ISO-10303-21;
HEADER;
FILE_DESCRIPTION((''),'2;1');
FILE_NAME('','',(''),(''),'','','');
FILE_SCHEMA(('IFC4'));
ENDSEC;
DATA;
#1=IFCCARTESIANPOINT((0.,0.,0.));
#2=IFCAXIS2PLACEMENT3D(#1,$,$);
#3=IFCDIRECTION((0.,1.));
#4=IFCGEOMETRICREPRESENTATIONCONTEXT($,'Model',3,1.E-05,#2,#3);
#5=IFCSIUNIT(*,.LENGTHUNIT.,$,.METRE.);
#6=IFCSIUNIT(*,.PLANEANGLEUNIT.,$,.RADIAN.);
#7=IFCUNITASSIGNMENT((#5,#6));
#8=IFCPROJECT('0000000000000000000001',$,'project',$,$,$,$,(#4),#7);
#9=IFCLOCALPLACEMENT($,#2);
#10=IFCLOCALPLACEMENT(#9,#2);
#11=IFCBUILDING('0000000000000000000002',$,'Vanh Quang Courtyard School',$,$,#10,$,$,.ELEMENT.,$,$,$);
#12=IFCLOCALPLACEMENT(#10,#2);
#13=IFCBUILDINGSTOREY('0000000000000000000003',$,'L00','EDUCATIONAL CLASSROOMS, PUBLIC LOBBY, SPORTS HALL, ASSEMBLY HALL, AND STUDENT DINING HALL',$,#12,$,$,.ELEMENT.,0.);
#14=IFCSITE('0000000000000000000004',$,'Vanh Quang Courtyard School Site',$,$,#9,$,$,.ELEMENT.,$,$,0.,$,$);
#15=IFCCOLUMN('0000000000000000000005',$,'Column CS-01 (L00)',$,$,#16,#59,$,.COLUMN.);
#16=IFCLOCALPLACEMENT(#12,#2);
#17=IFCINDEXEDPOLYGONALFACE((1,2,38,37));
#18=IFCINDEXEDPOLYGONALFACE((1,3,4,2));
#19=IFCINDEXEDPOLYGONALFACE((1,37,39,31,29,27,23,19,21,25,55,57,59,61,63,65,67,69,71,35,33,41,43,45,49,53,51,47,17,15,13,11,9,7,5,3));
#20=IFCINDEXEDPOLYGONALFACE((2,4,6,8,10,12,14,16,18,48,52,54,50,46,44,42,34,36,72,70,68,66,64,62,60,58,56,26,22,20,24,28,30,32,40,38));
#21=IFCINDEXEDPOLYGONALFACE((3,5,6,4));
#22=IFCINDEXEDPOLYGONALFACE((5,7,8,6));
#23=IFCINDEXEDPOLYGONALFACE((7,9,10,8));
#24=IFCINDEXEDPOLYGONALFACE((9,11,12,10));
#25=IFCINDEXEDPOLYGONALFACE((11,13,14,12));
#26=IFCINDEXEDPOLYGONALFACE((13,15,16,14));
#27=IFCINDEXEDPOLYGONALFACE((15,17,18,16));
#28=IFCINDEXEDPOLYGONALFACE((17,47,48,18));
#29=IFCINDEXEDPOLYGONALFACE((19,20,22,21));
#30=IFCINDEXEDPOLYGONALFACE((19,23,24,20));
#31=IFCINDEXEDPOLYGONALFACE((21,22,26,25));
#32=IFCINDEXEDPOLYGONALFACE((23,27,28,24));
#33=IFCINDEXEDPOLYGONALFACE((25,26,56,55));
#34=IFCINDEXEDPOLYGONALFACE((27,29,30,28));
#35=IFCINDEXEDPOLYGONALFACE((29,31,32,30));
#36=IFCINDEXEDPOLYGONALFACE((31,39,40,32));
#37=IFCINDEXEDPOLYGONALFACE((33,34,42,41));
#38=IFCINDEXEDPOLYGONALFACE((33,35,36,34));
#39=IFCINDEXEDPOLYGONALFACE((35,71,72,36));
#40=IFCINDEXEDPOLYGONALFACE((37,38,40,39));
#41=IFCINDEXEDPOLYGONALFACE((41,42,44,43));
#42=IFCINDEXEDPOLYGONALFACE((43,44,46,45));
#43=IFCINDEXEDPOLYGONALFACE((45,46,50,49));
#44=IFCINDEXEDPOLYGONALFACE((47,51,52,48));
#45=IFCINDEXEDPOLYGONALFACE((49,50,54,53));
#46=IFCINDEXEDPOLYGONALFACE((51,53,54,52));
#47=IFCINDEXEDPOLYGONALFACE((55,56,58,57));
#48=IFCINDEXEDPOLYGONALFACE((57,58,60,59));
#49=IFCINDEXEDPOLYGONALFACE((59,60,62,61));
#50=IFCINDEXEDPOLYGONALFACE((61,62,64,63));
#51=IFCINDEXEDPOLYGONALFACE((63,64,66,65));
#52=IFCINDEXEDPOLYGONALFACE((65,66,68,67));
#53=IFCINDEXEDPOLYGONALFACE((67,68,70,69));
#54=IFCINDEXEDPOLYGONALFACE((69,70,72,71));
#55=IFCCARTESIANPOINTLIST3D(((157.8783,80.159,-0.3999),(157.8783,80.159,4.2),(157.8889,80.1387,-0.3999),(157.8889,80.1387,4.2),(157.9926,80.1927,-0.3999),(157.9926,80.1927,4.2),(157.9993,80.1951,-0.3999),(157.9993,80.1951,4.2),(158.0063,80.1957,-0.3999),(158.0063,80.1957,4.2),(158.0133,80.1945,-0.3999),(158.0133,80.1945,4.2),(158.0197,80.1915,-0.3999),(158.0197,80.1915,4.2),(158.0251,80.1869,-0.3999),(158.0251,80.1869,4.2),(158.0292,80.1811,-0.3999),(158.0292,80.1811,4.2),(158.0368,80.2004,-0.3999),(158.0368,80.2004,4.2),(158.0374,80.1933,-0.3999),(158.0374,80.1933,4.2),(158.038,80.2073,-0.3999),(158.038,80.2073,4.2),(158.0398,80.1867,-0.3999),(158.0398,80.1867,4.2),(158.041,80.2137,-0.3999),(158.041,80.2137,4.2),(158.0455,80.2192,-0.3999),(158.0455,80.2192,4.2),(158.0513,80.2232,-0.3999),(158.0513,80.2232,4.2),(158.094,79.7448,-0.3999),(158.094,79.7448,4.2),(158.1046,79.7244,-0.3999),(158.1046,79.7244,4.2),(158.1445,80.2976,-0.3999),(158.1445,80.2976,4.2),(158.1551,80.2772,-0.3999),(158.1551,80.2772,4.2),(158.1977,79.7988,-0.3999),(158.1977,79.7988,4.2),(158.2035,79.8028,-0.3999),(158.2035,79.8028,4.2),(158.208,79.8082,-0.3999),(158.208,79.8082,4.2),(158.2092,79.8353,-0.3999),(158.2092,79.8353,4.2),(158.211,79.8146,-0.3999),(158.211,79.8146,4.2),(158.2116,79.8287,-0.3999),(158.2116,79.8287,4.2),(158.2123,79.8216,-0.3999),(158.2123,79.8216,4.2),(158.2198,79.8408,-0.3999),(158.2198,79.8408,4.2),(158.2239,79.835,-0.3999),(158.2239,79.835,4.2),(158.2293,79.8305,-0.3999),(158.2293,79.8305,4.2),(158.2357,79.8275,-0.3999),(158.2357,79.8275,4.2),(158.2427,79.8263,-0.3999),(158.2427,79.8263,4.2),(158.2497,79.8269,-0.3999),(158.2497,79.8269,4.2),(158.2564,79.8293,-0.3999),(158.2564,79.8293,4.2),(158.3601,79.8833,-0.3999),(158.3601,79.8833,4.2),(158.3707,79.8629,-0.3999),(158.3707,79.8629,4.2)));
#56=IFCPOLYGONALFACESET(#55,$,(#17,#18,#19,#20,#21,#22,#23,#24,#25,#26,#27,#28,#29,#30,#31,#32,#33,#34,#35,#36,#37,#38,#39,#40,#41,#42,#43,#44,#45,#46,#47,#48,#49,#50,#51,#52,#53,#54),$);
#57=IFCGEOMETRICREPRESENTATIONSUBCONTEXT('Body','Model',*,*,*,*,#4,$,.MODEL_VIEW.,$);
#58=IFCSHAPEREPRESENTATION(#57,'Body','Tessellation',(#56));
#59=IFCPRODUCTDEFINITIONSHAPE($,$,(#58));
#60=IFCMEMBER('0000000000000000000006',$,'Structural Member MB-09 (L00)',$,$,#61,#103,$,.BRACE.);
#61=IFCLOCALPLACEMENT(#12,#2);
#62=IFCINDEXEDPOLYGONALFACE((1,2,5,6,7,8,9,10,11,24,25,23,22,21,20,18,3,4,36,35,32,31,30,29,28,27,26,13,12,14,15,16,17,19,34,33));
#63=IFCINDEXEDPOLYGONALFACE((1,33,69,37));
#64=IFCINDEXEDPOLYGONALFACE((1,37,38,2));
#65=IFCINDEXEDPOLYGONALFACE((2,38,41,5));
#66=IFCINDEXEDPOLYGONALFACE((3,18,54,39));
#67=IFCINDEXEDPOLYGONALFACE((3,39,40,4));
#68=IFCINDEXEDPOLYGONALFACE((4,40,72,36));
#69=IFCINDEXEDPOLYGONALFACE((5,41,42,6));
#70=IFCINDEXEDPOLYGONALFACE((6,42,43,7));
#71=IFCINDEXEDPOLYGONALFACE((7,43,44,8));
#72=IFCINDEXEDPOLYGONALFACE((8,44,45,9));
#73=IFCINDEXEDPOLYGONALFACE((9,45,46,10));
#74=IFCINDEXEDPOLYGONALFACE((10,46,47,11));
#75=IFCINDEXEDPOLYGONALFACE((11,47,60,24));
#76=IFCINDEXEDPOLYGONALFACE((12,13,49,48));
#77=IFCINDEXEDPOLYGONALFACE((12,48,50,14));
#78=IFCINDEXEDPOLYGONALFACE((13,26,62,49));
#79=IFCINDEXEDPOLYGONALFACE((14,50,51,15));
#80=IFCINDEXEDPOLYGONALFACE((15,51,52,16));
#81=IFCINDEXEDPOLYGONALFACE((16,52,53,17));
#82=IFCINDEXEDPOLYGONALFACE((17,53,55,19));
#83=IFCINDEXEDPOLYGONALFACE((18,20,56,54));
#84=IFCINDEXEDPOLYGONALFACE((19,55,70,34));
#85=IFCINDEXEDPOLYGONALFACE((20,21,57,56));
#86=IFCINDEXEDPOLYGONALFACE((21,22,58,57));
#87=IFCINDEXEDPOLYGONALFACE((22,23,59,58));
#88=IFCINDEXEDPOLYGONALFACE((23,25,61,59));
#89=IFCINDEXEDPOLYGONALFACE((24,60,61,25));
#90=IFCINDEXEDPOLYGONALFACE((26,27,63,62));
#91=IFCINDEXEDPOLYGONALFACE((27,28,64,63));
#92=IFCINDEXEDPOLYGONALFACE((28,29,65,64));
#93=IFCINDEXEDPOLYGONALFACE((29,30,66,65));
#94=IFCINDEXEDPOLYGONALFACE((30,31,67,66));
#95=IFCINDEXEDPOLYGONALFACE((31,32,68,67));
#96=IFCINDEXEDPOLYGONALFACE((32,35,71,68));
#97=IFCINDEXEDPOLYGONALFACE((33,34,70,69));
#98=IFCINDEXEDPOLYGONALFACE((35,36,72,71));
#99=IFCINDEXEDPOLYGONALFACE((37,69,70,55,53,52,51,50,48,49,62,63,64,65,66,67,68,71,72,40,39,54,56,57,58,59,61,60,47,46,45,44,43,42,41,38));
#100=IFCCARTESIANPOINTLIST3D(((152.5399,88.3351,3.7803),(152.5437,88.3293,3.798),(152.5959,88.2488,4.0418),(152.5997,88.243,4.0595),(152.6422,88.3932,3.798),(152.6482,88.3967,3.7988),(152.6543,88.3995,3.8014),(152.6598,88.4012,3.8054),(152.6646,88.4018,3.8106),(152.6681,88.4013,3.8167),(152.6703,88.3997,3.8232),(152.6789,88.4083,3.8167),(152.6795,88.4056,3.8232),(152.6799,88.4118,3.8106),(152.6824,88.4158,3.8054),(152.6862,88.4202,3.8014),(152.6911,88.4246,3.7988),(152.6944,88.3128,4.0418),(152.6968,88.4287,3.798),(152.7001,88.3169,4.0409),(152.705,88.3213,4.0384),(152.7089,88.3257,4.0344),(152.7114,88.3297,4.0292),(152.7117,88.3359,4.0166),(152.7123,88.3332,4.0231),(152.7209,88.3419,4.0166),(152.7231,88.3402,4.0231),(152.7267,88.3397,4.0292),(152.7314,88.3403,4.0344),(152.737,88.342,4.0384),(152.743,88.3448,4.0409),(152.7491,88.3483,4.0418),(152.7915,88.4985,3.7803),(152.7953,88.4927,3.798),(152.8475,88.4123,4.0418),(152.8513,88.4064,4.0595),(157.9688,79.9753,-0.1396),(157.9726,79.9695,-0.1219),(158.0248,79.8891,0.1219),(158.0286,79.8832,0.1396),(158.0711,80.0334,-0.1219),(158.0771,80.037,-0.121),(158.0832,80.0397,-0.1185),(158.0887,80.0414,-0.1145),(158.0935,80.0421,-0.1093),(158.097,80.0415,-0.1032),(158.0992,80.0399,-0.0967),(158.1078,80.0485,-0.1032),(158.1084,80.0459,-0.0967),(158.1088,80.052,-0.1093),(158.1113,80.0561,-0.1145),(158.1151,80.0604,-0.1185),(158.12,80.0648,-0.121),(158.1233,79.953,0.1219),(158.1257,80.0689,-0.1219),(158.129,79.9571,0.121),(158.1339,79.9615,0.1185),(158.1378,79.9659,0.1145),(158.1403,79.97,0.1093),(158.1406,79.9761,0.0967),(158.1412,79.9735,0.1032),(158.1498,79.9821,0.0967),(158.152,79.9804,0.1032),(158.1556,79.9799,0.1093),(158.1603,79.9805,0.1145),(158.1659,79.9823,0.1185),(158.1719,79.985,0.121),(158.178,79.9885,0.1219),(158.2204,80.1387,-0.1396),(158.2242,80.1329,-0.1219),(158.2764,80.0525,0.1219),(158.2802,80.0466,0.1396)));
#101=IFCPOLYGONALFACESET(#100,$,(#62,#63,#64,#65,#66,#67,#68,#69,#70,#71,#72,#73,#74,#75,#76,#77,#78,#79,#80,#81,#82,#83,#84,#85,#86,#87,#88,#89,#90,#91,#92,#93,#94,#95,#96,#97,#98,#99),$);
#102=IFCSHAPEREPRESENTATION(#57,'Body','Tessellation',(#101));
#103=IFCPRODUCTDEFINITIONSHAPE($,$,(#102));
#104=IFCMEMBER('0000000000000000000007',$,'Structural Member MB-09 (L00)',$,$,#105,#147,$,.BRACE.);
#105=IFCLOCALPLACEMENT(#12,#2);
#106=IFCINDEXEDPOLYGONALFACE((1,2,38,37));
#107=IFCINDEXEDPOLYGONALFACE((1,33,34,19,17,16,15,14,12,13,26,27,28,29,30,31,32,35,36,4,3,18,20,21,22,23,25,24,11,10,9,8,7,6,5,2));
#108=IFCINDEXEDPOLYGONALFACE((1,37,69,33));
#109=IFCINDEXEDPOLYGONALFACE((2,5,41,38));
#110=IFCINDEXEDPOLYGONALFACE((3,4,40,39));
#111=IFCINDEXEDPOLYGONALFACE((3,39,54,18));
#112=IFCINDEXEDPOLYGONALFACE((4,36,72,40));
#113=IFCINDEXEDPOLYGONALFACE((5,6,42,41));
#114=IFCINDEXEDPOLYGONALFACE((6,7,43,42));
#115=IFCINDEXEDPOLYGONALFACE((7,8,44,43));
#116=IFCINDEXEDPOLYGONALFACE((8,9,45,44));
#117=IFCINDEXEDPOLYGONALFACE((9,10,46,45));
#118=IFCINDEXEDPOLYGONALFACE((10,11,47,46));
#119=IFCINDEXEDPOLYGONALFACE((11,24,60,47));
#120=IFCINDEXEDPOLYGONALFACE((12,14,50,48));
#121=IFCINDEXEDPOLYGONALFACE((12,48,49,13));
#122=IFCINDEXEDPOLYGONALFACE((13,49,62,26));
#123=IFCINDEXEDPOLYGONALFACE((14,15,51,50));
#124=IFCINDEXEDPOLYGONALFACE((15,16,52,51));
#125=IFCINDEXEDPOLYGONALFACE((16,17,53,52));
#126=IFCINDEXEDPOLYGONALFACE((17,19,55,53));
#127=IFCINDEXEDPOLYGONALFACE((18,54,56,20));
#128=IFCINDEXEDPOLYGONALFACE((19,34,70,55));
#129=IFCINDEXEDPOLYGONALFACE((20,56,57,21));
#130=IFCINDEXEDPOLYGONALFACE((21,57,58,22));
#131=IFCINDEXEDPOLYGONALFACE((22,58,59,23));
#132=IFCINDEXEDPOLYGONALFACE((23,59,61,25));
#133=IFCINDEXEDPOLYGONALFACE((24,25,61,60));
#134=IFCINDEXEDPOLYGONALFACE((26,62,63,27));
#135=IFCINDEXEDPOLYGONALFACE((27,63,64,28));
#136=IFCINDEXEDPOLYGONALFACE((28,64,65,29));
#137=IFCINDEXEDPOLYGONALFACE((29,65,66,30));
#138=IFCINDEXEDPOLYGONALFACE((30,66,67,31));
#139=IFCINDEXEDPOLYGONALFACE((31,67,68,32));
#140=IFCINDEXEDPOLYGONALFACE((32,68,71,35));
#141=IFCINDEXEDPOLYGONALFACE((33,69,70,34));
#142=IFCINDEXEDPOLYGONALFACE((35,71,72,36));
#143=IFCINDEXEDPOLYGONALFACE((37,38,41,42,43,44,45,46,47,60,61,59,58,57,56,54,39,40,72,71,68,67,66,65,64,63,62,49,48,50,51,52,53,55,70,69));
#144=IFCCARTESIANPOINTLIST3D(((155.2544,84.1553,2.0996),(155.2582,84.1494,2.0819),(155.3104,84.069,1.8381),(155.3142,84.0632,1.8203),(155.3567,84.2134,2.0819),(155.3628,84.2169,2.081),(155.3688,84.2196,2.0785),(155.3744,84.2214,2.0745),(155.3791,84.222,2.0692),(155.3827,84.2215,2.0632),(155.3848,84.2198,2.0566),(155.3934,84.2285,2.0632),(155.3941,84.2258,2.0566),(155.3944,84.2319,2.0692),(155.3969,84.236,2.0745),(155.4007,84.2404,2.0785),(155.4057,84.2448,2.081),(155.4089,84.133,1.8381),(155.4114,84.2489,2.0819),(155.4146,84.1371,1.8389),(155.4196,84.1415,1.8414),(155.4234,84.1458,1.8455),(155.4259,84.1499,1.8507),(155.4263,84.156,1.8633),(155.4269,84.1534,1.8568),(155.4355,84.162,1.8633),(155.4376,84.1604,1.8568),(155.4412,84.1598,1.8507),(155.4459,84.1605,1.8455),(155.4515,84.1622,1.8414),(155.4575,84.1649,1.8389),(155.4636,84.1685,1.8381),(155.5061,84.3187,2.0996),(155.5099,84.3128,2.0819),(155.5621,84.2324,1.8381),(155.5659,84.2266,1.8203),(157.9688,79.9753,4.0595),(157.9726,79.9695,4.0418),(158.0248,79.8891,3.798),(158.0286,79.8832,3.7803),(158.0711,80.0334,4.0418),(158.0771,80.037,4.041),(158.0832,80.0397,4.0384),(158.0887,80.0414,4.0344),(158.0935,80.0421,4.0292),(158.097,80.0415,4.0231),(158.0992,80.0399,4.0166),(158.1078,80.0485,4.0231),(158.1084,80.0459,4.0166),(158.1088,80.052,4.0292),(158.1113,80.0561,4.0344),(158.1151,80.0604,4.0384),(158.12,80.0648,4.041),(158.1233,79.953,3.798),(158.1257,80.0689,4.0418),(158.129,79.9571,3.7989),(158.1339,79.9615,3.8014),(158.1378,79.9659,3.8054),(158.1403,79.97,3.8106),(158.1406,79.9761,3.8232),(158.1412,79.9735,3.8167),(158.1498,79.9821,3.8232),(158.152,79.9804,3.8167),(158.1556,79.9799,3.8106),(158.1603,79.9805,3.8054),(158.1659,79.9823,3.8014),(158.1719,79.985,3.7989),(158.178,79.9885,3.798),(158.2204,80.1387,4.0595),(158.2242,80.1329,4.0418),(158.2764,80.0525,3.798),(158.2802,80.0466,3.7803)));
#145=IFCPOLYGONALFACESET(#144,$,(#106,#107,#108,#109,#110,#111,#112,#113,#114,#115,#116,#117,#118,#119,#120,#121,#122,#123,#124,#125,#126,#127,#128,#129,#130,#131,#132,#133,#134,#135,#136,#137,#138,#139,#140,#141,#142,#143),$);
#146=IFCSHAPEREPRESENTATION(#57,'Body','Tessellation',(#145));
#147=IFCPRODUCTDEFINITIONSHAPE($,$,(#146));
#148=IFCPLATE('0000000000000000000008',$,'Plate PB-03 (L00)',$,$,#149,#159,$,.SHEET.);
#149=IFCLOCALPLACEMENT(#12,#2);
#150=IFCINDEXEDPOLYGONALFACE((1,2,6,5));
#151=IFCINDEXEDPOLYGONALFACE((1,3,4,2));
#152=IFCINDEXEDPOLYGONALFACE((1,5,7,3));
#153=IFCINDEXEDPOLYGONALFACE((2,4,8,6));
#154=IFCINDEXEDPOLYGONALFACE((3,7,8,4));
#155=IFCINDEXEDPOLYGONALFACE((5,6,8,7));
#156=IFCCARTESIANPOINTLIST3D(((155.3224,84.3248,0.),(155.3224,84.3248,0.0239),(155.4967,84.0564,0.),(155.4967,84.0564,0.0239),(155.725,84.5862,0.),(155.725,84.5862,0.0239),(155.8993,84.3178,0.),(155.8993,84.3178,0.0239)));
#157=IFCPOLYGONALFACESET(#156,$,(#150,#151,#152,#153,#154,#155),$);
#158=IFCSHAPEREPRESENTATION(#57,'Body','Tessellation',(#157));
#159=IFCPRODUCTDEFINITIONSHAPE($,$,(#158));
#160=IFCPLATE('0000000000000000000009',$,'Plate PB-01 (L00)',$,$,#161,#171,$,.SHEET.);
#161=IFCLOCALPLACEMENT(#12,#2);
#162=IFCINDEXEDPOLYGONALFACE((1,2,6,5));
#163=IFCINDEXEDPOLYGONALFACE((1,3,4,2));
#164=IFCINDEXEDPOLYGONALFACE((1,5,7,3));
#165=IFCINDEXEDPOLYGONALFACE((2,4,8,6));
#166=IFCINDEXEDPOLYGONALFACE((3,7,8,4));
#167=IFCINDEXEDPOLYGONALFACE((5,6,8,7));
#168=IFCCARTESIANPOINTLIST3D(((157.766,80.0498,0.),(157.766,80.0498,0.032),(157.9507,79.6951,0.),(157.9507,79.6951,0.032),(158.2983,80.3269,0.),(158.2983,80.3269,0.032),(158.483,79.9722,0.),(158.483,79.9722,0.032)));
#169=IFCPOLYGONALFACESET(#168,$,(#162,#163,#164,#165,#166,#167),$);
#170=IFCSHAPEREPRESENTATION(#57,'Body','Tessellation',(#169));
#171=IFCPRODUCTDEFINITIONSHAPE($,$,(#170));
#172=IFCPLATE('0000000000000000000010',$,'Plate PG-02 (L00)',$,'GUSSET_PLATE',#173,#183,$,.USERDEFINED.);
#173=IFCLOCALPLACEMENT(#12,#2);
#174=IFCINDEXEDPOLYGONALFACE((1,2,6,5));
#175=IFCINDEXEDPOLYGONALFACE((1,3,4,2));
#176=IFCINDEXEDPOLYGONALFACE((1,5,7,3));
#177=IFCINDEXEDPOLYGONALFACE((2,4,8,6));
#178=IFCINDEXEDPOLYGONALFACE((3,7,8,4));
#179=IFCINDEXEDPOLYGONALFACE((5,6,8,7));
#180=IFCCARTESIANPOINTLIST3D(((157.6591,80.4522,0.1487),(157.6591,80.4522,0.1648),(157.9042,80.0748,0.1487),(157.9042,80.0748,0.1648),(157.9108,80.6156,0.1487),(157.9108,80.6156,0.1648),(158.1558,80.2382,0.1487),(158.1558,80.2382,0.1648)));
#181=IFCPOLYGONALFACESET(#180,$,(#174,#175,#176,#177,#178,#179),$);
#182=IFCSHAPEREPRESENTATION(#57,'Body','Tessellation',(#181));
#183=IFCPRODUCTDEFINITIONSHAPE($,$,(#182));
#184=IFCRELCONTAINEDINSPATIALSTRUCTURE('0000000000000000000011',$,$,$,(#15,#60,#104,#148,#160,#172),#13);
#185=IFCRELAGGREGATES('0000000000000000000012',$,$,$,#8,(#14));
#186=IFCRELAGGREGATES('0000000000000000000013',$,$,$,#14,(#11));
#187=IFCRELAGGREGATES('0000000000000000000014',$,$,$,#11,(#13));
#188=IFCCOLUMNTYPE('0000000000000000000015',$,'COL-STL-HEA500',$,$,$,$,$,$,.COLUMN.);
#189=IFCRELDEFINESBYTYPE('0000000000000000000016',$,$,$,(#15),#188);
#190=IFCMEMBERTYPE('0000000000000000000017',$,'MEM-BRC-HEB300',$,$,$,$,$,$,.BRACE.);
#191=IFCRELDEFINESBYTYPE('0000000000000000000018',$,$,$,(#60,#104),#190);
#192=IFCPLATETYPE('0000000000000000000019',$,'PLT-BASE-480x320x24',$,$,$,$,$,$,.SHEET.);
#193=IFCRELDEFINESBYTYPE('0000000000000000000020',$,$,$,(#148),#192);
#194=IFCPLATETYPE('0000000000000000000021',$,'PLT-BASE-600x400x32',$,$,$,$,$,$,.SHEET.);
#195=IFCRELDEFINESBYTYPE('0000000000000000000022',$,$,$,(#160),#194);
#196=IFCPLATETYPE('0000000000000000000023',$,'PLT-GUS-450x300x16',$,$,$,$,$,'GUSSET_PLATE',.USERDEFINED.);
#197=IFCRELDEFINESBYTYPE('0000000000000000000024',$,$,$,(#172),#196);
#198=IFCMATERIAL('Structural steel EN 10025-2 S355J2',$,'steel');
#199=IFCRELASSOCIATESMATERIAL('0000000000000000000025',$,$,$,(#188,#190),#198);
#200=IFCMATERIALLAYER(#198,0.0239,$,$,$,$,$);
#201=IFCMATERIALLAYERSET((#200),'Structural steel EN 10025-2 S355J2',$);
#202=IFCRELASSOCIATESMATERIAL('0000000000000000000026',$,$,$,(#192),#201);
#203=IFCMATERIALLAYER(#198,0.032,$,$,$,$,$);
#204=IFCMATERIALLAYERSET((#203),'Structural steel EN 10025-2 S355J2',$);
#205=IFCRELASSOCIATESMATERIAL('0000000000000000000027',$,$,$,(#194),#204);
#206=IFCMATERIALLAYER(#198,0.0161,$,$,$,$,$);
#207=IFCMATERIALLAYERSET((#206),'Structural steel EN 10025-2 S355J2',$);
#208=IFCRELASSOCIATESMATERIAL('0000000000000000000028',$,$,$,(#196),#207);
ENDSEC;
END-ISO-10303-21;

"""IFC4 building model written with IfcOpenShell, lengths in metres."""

from ifc_helpers import new_model, si_unit, direction, frame, origin, origin_2d, place, context, subcontext, project, spatial, rectangle, i_section, extrude, material, layer, layer_set, material_profile, profile_set, type_object, element, save


model = new_model("IFC4")

# Units and contexts
model_context = context("Model", 3, precision=1e-05, world=origin(), true_north=direction((0.0, 1.0)))
body_context = subcontext(model_context, "Body", "Model", "MODEL_VIEW")
ifc_project = project(units=[si_unit("LENGTHUNIT", "METRE"), si_unit("PLANEANGLEUNIT", "RADIAN")], contexts=[model_context])

# Site, building, storey
site_placement = place(None, origin())
site = spatial("IfcSite", under=ifc_project, at=site_placement, Name="Vanh Quang Courtyard School Site", CompositionType="ELEMENT", RefElevation=0.0)
building_placement = place(site_placement, origin())
building = spatial("IfcBuilding", under=site, at=building_placement, Name="Vanh Quang Courtyard School", CompositionType="ELEMENT")
storey_placement = place(building_placement, origin())
storey = spatial("IfcBuildingStorey", under=building, at=storey_placement, Name="L00", Description="EDUCATIONAL CLASSROOMS, PUBLIC LOBBY, SPORTS HALL, ASSEMBLY HALL, AND STUDENT DINING HALL", CompositionType="ELEMENT", Elevation=0.0)

# Column
ifc_material_1 = material(Name="Structural steel EN 10025-2 S355J2", Category="steel")
ifc_material_profile_1 = material_profile(ifc_material_1, i_section(OverallWidth=0.3, OverallDepth=0.49, WebThickness=0.012, FlangeThickness=0.0229, FilletRadius=0.0271, at=origin_2d()), Name="HEA 500")
ifc_profile_set_1 = profile_set([ifc_material_profile_1], Name="Structural steel EN 10025-2 S355J2")
column_type_1 = type_object("IfcColumnType", Name="COL-STL-HEA500", PredefinedType="COLUMN", material=ifc_profile_set_1)
column_1_placement = place(storey_placement, frame((158.1245, 80.011, -0.3999), z_axis=(0.0, 0.0, 1.0), x_axis=(0.887011, 0.461749, 0.0)))
element("IfcColumn", 1, at=column_1_placement, inside=storey, type_object=column_type_1, Name="Column CS-01 (L00)", PredefinedType="COLUMN", context=body_context, shape_type="SweptSolid", body=[
    extrude(i_section(OverallWidth=0.3, OverallDepth=0.49, WebThickness=0.012, FlangeThickness=0.0229, FilletRadius=0.0271, at=origin_2d()), origin(), (0.0, 0.0, 1.0), 4.5999),
])

# Members
ifc_material_profile_2 = material_profile(ifc_material_1, i_section(OverallWidth=0.3, OverallDepth=0.3, WebThickness=0.011, FlangeThickness=0.019, FilletRadius=0.0271, at=origin_2d()), Name="HEB 300")
ifc_profile_set_2 = profile_set([ifc_material_profile_2], Name="Structural steel EN 10025-2 S355J2")
member_type = type_object("IfcMemberType", Name="MEM-BRC-HEB300", PredefinedType="BRACE", material=ifc_profile_set_2)
member_1_placement = place(storey_placement, frame((158.1245, 80.011, 0.0), z_axis=(-0.506855, 0.780489, 0.36597), x_axis=(-0.838671, -0.544639, 0.0)))
element("IfcMember", 2, at=member_1_placement, inside=storey, type_object=member_type, Name="Structural Member MB-09 (L00)", PredefinedType="BRACE", context=body_context, shape_type="SweptSolid", body=[
    extrude(i_section(OverallWidth=0.3, OverallDepth=0.3, WebThickness=0.011, FlangeThickness=0.019, FilletRadius=0.0271, at=origin_2d()), origin(), (0.0, 0.0, 1.0), 10.7109),
])
member_2_placement = place(storey_placement, frame((155.4102, 84.1909, 1.96), z_axis=(0.506838, -0.780498, 0.365974), x_axis=(0.838682, 0.544622, 0.0)))
element("IfcMember", 3, at=member_2_placement, inside=storey, type_object=member_type, Name="Structural Member MB-09 (L00)", PredefinedType="BRACE", context=body_context, shape_type="SweptSolid", body=[
    extrude(i_section(OverallWidth=0.3, OverallDepth=0.3, WebThickness=0.011, FlangeThickness=0.019, FilletRadius=0.0271, at=origin_2d()), origin(), (0.0, 0.0, 1.0), 5.3555),
])

# Plates
ifc_layer_1 = layer(ifc_material_1, 0.0239)
ifc_layer_set_1 = layer_set([ifc_layer_1], Name="Structural steel EN 10025-2 S355J2")
plate_type_1 = type_object("IfcPlateType", Name="PLT-BASE-480x320x24", PredefinedType="SHEET", material=ifc_layer_set_1)
plate_1_placement = place(storey_placement, frame((155.6108, 84.3213, 0.0), z_axis=(0.0, 0.0, 1.0), x_axis=(0.838671, 0.544639, 0.0)))
element("IfcPlate", 4, at=plate_1_placement, inside=storey, type_object=plate_type_1, Name="Plate PB-03 (L00)", PredefinedType="SHEET", context=body_context, shape_type="SweptSolid", body=[
    extrude(rectangle(XDim=0.48, YDim=0.3201, at=origin_2d()), origin(), (0.0, 0.0, 1.0), 0.0239),
])
ifc_layer_2 = layer(ifc_material_1, 0.032)
ifc_layer_set_2 = layer_set([ifc_layer_2], Name="Structural steel EN 10025-2 S355J2")
plate_type_2 = type_object("IfcPlateType", Name="PLT-BASE-600x400x32", PredefinedType="SHEET", material=ifc_layer_set_2)
plate_2_placement = place(storey_placement, frame((158.1245, 80.011, 0.0), z_axis=(0.0, 0.0, 1.0), x_axis=(0.887011, 0.461749, 0.0)))
element("IfcPlate", 5, at=plate_2_placement, inside=storey, type_object=plate_type_2, Name="Plate PB-01 (L00)", PredefinedType="SHEET", context=body_context, shape_type="SweptSolid", body=[
    extrude(rectangle(XDim=0.6001, YDim=0.3999, at=origin_2d()), origin(), (0.0, 0.0, 1.0), 0.032),
])
ifc_layer_3 = layer(ifc_material_1, 0.0161)
ifc_layer_set_3 = layer_set([ifc_layer_3], Name="Structural steel EN 10025-2 S355J2")
plate_type_3 = type_object("IfcPlateType", Name="PLT-GUS-450x300x16", ElementType="GUSSET_PLATE", PredefinedType="USERDEFINED", material=ifc_layer_set_3)
for number, where, z_axis, x_axis, name in (
    (6, (157.9075, 80.3452, 0.1487), (0.0, 0.0, 1.0), (-0.544639, 0.838671, 0.0), "Plate PG-02 (L00)"),
):
    element("IfcPlate", number, at=place(storey_placement, frame(where, z_axis=z_axis, x_axis=x_axis)), inside=storey, type_object=plate_type_3, Name=name, ObjectType="GUSSET_PLATE", PredefinedType="USERDEFINED", context=body_context, shape_type="SweptSolid", body=[
        extrude(rectangle(XDim=0.45, YDim=0.3, at=origin_2d()), origin(), (0.0, 0.0, 1.0), 0.0161),
    ])

save(model, "model.ifc")
